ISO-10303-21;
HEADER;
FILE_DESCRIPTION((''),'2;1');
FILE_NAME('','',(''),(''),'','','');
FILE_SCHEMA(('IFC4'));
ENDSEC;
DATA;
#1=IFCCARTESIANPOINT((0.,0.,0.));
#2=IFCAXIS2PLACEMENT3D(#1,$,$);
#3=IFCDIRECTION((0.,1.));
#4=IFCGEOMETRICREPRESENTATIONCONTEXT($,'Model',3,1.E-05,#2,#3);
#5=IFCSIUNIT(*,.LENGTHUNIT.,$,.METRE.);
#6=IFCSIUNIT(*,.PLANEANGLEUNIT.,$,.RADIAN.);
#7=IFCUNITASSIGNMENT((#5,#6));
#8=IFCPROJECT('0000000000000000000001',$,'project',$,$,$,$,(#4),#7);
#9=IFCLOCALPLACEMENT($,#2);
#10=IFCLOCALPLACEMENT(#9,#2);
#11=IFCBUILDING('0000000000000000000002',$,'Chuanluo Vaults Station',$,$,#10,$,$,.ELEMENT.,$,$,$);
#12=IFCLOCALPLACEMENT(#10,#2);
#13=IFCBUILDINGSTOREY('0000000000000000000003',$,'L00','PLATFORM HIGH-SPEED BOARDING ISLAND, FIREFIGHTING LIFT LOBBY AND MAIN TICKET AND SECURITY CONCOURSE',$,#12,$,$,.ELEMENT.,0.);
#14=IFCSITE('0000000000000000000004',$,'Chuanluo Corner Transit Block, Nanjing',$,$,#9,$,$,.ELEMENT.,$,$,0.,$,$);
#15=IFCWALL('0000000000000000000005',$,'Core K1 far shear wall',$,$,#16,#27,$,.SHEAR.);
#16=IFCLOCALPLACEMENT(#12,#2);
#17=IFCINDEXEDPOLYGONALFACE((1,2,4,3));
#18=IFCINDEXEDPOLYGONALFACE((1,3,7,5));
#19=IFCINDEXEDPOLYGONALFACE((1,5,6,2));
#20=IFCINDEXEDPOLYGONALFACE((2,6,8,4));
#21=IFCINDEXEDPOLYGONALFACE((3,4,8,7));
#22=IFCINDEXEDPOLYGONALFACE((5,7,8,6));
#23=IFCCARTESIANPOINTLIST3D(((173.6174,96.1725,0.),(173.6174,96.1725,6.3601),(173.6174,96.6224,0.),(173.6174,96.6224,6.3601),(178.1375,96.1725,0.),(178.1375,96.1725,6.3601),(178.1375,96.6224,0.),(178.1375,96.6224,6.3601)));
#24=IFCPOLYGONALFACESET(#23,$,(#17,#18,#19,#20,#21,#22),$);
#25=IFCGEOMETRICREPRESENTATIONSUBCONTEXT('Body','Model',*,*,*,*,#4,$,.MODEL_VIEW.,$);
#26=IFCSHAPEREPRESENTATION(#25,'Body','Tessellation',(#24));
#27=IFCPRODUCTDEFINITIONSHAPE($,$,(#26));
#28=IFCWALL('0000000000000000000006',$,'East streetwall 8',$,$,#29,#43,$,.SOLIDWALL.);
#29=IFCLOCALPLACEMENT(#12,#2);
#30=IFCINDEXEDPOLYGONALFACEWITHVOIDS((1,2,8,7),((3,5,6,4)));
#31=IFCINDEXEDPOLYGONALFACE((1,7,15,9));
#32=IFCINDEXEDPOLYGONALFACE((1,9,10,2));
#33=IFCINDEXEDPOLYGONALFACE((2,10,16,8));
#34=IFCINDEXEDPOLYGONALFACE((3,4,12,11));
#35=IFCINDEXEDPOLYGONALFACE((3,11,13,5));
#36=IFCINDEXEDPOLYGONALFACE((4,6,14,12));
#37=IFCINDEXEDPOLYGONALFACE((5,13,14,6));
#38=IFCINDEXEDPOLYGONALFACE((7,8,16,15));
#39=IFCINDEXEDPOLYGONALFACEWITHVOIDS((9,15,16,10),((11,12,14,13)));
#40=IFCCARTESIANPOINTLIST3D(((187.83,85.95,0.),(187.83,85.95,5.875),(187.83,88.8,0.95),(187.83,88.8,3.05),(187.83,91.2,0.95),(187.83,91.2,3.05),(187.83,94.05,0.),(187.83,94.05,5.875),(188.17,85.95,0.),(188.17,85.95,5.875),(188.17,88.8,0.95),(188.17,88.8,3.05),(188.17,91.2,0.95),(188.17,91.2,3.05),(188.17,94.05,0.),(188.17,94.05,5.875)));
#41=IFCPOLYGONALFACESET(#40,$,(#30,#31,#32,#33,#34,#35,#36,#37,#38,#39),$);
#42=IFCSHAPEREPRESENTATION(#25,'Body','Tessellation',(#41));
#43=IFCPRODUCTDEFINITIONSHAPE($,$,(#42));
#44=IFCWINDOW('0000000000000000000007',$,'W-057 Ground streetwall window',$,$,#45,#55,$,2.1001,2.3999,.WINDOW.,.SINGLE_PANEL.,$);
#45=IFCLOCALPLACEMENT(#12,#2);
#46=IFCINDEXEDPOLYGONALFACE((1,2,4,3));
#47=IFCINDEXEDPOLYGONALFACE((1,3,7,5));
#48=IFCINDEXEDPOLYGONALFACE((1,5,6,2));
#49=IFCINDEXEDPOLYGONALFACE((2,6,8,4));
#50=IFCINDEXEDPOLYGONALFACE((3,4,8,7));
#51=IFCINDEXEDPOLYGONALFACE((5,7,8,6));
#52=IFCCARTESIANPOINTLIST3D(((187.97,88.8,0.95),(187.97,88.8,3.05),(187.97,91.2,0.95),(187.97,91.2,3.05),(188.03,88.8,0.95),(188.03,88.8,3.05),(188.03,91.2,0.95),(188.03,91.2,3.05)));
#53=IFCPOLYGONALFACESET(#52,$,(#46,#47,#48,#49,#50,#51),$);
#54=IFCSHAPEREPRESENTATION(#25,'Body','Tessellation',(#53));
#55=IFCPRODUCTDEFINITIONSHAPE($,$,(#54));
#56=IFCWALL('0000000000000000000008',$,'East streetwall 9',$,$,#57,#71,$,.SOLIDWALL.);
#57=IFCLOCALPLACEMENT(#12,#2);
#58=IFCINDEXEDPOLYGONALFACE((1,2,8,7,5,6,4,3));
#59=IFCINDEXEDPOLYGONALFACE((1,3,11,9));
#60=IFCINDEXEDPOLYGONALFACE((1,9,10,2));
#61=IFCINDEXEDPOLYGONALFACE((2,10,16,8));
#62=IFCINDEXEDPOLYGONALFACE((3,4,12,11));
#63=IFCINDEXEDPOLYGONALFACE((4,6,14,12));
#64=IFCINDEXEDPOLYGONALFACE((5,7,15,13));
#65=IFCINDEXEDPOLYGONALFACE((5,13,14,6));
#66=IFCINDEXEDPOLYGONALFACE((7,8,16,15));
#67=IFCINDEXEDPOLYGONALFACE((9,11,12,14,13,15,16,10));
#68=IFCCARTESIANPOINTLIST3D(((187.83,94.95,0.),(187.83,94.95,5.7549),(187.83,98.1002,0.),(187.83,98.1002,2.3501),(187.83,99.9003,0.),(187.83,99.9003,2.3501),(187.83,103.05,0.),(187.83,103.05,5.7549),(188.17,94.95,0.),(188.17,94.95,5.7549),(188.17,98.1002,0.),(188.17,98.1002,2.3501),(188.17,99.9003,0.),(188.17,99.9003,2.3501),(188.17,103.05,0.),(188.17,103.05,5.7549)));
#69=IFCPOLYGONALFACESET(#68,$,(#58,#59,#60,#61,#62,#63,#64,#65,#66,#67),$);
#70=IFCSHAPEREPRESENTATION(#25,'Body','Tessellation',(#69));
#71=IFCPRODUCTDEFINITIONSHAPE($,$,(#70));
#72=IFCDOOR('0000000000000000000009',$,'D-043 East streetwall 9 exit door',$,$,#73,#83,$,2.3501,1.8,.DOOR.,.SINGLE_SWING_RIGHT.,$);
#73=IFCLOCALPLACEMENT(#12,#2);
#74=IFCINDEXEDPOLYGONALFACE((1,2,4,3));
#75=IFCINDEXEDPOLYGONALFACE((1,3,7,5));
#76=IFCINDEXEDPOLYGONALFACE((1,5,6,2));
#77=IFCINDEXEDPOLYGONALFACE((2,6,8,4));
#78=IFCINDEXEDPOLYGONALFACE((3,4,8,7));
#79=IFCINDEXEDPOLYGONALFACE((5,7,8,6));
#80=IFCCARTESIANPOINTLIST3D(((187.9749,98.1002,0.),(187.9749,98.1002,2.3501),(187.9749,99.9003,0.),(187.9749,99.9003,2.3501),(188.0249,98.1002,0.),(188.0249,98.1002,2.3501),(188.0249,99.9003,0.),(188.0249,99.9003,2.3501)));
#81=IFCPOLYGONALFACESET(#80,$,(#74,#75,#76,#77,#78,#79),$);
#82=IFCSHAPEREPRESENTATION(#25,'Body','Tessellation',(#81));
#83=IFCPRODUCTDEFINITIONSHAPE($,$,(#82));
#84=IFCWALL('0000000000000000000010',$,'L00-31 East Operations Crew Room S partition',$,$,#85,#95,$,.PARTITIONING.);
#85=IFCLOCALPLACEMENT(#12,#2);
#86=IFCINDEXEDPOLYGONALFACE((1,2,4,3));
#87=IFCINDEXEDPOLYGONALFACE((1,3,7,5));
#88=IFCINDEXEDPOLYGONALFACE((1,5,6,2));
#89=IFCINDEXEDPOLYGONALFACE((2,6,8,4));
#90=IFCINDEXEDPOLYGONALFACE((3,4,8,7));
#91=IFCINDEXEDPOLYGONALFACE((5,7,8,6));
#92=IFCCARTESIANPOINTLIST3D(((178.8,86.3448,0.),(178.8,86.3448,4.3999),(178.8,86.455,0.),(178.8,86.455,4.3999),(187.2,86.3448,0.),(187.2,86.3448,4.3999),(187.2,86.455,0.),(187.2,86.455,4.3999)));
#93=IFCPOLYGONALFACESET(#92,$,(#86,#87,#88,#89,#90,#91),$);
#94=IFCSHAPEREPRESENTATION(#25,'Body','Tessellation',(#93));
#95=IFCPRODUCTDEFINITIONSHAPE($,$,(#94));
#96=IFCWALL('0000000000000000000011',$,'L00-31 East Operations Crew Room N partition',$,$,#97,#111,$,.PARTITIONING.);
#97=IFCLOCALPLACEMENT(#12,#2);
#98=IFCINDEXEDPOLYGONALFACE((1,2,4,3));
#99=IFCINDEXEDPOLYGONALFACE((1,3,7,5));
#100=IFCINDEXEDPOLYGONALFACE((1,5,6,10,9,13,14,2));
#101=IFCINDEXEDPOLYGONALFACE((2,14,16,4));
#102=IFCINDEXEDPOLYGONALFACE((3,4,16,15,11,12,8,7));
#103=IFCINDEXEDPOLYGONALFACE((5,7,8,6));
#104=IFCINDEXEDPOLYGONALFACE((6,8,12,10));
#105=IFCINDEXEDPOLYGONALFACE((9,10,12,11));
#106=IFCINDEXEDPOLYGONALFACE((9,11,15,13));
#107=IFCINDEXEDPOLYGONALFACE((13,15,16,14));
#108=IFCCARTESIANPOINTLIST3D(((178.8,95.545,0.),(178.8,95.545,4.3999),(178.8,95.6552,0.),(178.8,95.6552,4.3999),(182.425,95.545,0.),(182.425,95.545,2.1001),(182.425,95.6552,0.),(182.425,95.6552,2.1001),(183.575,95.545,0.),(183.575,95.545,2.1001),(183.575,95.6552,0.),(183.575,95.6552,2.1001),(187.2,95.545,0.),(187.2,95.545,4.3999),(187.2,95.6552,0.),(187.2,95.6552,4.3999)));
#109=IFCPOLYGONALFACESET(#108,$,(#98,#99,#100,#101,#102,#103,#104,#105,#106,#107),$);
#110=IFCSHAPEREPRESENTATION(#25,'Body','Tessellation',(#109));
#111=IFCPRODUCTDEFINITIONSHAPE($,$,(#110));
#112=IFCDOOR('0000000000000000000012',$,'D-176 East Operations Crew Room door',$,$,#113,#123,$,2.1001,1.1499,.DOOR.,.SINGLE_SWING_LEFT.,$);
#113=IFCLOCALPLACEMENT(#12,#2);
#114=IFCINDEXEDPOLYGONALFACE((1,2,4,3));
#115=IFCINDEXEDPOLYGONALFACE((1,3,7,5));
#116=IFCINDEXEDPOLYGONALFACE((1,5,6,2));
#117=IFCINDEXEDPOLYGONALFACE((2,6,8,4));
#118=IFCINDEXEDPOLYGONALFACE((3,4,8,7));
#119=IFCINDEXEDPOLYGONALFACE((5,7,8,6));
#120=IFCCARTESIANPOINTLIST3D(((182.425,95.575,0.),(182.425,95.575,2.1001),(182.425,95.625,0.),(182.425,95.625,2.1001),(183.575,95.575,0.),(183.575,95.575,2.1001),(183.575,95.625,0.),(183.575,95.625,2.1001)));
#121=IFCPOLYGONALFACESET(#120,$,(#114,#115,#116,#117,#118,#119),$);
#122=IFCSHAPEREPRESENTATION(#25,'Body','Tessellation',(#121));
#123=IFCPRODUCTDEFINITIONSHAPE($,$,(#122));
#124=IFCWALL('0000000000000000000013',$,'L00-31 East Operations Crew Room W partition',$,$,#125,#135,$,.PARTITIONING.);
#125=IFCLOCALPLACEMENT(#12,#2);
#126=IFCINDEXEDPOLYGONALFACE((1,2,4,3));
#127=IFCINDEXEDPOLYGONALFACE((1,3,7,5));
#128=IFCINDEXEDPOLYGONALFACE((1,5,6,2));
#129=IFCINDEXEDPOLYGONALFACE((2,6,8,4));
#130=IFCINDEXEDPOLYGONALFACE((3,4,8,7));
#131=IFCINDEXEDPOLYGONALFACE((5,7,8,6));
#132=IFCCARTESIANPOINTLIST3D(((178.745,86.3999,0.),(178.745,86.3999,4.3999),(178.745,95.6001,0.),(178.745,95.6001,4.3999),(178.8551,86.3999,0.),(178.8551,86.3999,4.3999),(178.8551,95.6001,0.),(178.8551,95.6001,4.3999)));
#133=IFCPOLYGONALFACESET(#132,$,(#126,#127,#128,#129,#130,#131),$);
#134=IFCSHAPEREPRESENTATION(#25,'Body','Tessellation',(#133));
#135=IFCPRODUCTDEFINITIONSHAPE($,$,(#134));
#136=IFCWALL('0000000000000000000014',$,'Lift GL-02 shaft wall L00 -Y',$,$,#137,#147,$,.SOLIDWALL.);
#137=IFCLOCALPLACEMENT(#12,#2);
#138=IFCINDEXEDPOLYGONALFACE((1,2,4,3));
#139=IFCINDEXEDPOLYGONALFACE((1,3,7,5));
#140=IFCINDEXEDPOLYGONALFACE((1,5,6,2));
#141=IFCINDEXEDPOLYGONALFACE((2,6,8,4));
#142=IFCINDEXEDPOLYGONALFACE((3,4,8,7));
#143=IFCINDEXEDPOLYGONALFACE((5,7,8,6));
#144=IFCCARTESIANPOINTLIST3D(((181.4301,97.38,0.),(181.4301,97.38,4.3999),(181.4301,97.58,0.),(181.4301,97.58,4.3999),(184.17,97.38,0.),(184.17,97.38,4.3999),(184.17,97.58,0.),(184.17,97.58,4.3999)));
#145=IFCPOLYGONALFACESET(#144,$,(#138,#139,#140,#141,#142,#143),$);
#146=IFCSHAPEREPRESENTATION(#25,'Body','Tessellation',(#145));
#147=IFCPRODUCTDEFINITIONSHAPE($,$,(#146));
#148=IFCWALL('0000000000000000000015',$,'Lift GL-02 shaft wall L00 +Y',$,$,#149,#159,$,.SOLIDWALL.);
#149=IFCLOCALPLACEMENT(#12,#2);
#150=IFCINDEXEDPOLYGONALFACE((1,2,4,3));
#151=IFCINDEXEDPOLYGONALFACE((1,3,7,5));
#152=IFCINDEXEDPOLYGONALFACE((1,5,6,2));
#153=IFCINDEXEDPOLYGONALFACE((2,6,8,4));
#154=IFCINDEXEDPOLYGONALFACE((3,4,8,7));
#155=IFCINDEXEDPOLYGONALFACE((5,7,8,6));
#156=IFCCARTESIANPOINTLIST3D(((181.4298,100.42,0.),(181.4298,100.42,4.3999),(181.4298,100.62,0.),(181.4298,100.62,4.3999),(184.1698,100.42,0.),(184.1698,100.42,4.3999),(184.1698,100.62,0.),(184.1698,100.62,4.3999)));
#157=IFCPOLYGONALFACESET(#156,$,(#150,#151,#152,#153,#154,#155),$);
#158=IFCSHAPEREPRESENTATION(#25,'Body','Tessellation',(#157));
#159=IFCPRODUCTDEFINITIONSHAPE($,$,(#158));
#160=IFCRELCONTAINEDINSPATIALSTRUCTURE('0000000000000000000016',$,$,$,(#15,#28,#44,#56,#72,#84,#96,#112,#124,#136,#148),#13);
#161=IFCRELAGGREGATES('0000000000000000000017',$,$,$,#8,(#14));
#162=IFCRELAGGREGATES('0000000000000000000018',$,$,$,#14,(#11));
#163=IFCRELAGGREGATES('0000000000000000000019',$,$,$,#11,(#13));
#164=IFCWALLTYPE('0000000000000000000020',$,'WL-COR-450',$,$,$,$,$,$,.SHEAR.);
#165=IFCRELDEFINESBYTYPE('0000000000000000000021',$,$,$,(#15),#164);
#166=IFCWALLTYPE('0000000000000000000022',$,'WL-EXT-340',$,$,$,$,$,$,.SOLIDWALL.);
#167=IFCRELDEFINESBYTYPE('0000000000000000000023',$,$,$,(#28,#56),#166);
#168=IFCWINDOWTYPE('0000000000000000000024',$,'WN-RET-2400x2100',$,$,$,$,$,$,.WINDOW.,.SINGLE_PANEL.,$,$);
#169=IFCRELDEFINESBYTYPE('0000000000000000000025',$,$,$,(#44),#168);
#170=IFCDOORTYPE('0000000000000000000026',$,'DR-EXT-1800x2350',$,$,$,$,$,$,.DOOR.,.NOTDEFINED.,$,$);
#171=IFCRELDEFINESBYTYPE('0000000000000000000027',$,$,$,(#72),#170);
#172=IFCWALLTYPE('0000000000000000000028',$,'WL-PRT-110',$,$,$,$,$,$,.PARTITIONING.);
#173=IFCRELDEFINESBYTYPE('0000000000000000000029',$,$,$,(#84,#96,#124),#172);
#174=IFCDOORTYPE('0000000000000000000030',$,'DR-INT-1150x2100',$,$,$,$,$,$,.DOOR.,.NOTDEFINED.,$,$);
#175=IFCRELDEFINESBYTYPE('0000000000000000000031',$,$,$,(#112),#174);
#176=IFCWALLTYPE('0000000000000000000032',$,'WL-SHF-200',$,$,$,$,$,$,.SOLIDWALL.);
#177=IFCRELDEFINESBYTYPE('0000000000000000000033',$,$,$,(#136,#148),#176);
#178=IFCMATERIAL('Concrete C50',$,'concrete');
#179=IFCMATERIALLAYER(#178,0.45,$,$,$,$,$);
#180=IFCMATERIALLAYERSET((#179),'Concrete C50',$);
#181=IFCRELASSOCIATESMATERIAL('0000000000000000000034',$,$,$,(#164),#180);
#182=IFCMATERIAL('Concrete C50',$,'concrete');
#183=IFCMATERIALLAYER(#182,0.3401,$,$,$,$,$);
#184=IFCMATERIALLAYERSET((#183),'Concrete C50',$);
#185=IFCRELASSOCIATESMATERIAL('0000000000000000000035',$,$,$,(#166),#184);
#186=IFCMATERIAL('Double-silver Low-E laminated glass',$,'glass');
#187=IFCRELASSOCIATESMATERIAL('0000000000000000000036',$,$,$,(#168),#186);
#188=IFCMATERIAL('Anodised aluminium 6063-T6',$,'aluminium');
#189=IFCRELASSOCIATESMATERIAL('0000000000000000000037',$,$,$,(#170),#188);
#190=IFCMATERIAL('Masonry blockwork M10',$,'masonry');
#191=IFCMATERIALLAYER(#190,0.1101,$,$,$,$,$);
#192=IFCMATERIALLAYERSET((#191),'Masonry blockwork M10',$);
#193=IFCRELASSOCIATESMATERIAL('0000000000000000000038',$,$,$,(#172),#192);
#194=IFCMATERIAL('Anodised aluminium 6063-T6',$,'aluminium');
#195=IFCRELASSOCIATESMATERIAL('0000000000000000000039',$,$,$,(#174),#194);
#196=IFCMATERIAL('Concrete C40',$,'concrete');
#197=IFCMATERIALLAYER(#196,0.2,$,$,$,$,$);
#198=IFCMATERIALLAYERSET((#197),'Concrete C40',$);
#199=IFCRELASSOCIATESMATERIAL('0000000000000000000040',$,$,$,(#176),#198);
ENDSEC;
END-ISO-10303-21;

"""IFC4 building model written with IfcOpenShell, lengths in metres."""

from ifc_helpers import new_model, si_unit, direction, frame, frame_2d, origin, place, context, subcontext, project, spatial, rectangle, extrude, material, layer, layer_set, type_object, element, fill, save


model = new_model("IFC4")

# Units and contexts
model_context = context("Model", 3, precision=1e-05, world=origin(), true_north=direction((0.0, 1.0)))
body_context = subcontext(model_context, "Body", "Model", "MODEL_VIEW")
ifc_project = project(units=[si_unit("LENGTHUNIT", "METRE"), si_unit("PLANEANGLEUNIT", "RADIAN")], contexts=[model_context])

# Site, building, storey
site_placement = place(None, origin())
site = spatial("IfcSite", under=ifc_project, at=site_placement, Name="Chuanluo Corner Transit Block, Nanjing", CompositionType="ELEMENT", RefElevation=0.0)
building_placement = place(site_placement, origin())
building = spatial("IfcBuilding", under=site, at=building_placement, Name="Chuanluo Vaults Station", CompositionType="ELEMENT")
storey_placement = place(building_placement, origin())
storey = spatial("IfcBuildingStorey", under=building, at=storey_placement, Name="L00", Description="PLATFORM HIGH-SPEED BOARDING ISLAND, FIREFIGHTING LIFT LOBBY AND MAIN TICKET AND SECURITY CONCOURSE", CompositionType="ELEMENT", Elevation=0.0)

# Wall
ifc_material_1 = material(Name="Concrete C50", Category="concrete")
ifc_layer_1 = layer(ifc_material_1, 0.45)
ifc_layer_set_1 = layer_set([ifc_layer_1], Name="Concrete C50")
wall_type_1 = type_object("IfcWallType", Name="WL-COR-450", PredefinedType="SHEAR", material=ifc_layer_set_1)
wall_1_placement = place(storey_placement, frame((178.1375, 96.3975, 0.0), z_axis=(0.0, 0.0, 1.0), x_axis=(-1.0, 0.0, 0.0)))
element("IfcWall", 1, at=wall_1_placement, inside=storey, type_object=wall_type_1, Name="Core K1 far shear wall", PredefinedType="SHEAR", context=body_context, shape_type="SweptSolid", body=[
    extrude(rectangle(XDim=4.52, YDim=0.45, at=frame_2d((2.26, 0.0))), origin(), (0.0, 0.0, 1.0), 6.3601),
])

# Wall, opening, window
ifc_material_2 = material(Name="Concrete C50", Category="concrete")
ifc_layer_2 = layer(ifc_material_2, 0.3401)
ifc_layer_set_2 = layer_set([ifc_layer_2], Name="Concrete C50")
wall_type_2 = type_object("IfcWallType", Name="WL-EXT-340", PredefinedType="SOLIDWALL", material=ifc_layer_set_2)
wall_2_placement = place(storey_placement, frame((188.0, 94.05, 0.0), z_axis=(0.0, 0.0, 1.0), x_axis=(0.0, -1.0, 0.0)))
wall_2 = element("IfcWall", 2, at=wall_2_placement, inside=storey, type_object=wall_type_2, Name="East streetwall 8", PredefinedType="SOLIDWALL", context=body_context, shape_type="SweptSolid", body=[
    extrude(rectangle(XDim=8.1001, YDim=0.3401, at=frame_2d((4.05, 0.0))), origin(), (0.0, 0.0, 1.0), 5.875),
])
opening_1_placement = place(wall_2_placement, frame((2.8501, 0.0, 0.95)))
opening_1 = element("IfcOpeningElement", 3, at=opening_1_placement, cuts=wall_2, PredefinedType="OPENING", context=body_context, shape_type="SweptSolid", body=[
    extrude(rectangle(XDim=2.3999, YDim=2.1001, at=frame_2d((1.2, 1.05))), frame((0.0, 0.1799, 0.0), z_axis=(0.0, -1.0, 0.0), x_axis=(1.0, 0.0, 0.0)), (0.0, 0.0, 1.0), 0.3601),
])
ifc_material_3 = material(Name="Double-silver Low-E laminated glass", Category="glass")
window_type = type_object("IfcWindowType", Name="WN-RET-2400x2100", PartitioningType="SINGLE_PANEL", PredefinedType="WINDOW", material=ifc_material_3)
window_placement = place(opening_1_placement, origin())
window = element("IfcWindow", 4, at=window_placement, inside=storey, type_object=window_type, Name="W-057 Ground streetwall window", OverallHeight=2.1001, OverallWidth=2.3999, PartitioningType="SINGLE_PANEL", PredefinedType="WINDOW", context=body_context, shape_type="SweptSolid", body=[
    extrude(rectangle(XDim=2.3999, YDim=2.1001, at=frame_2d((1.2, 1.05))), frame((0.0, 0.03, 0.0), z_axis=(0.0, -1.0, 0.0), x_axis=(1.0, 0.0, 0.0)), (0.0, 0.0, 1.0), 0.0601),
])
fill(opening_1, window)

# Wall, opening, door
wall_3_placement = place(storey_placement, frame((188.0, 103.05, 0.0), z_axis=(0.0, 0.0, 1.0), x_axis=(0.0, -1.0, 0.0)))
wall_3 = element("IfcWall", 5, at=wall_3_placement, inside=storey, type_object=wall_type_2, Name="East streetwall 9", PredefinedType="SOLIDWALL", context=body_context, shape_type="SweptSolid", body=[
    extrude(rectangle(XDim=8.1001, YDim=0.3401, at=frame_2d((4.05, 0.0))), origin(), (0.0, 0.0, 1.0), 5.7549),
])
opening_2_placement = place(wall_3_placement, frame((3.1499, 0.0, 0.0)))
opening_2 = element("IfcOpeningElement", 6, at=opening_2_placement, cuts=wall_3, PredefinedType="OPENING", context=body_context, shape_type="SweptSolid", body=[
    extrude(rectangle(XDim=1.8, YDim=2.3501, at=frame_2d((0.8999, 1.175))), frame((0.0, 0.1799, 0.0), z_axis=(0.0, -1.0, 0.0), x_axis=(1.0, 0.0, 0.0)), (0.0, 0.0, 1.0), 0.3601),
])
ifc_material_4 = material(Name="Anodised aluminium 6063-T6", Category="aluminium")
door_type_1 = type_object("IfcDoorType", Name="DR-EXT-1800x2350", OperationType="NOTDEFINED", PredefinedType="DOOR", material=ifc_material_4)
door_1_placement = place(opening_2_placement, origin())
door_1 = element("IfcDoor", 7, at=door_1_placement, inside=storey, type_object=door_type_1, Name="D-043 East streetwall 9 exit door", OperationType="SINGLE_SWING_RIGHT", OverallHeight=2.3501, OverallWidth=1.8, PredefinedType="DOOR", context=body_context, shape_type="SweptSolid", body=[
    extrude(rectangle(XDim=1.8, YDim=2.3501, at=frame_2d((0.8999, 1.175))), frame((0.0, 0.0249, 0.0), z_axis=(0.0, -1.0, 0.0), x_axis=(1.0, 0.0, 0.0)), (0.0, 0.0, 1.0), 0.05),
])
fill(opening_2, door_1)

# Wall
ifc_material_5 = material(Name="Masonry blockwork M10", Category="masonry")
ifc_layer_3 = layer(ifc_material_5, 0.1101)
ifc_layer_set_3 = layer_set([ifc_layer_3], Name="Masonry blockwork M10")
wall_type_3 = type_object("IfcWallType", Name="WL-PRT-110", PredefinedType="PARTITIONING", material=ifc_layer_set_3)
wall_4_placement = place(storey_placement, frame((187.2, 86.3999, 0.0), z_axis=(0.0, 0.0, 1.0), x_axis=(-1.0, 0.0, 0.0)))
element("IfcWall", 8, at=wall_4_placement, inside=storey, type_object=wall_type_3, Name="L00-31 East Operations Crew Room S partition", PredefinedType="PARTITIONING", context=body_context, shape_type="SweptSolid", body=[
    extrude(rectangle(XDim=8.3999, YDim=0.1101, at=frame_2d((4.2, 0.0))), origin(), (0.0, 0.0, 1.0), 4.3999),
])

# Wall, opening, door
wall_5_placement = place(storey_placement, frame((178.8, 95.6001, 0.0), z_axis=(0.0, 0.0, 1.0), x_axis=(1.0, 0.0, 0.0)))
wall_5 = element("IfcWall", 9, at=wall_5_placement, inside=storey, type_object=wall_type_3, Name="L00-31 East Operations Crew Room N partition", PredefinedType="PARTITIONING", context=body_context, shape_type="SweptSolid", body=[
    extrude(rectangle(XDim=8.3999, YDim=0.1101, at=frame_2d((4.2, 0.0))), origin(), (0.0, 0.0, 1.0), 4.3999),
])
opening_3_placement = place(wall_5_placement, frame((3.625, 0.0, 0.0)))
opening_3 = element("IfcOpeningElement", 10, at=opening_3_placement, cuts=wall_5, PredefinedType="OPENING", context=body_context, shape_type="SweptSolid", body=[
    extrude(rectangle(XDim=1.1499, YDim=2.1001, at=frame_2d((0.575, 1.05))), frame((0.0, 0.0652, 0.0), z_axis=(0.0, -1.0, 0.0), x_axis=(1.0, 0.0, 0.0)), (0.0, 0.0, 1.0), 0.1301),
])
ifc_material_6 = material(Name="Anodised aluminium 6063-T6", Category="aluminium")
door_type_2 = type_object("IfcDoorType", Name="DR-INT-1150x2100", OperationType="NOTDEFINED", PredefinedType="DOOR", material=ifc_material_6)
door_2_placement = place(opening_3_placement, origin())
door_2 = element("IfcDoor", 11, at=door_2_placement, inside=storey, type_object=door_type_2, Name="D-176 East Operations Crew Room door", OperationType="SINGLE_SWING_LEFT", OverallHeight=2.1001, OverallWidth=1.1499, PredefinedType="DOOR", context=body_context, shape_type="SweptSolid", body=[
    extrude(rectangle(XDim=1.1499, YDim=2.1001, at=frame_2d((0.575, 1.05))), frame((0.0, 0.0249, 0.0), z_axis=(0.0, -1.0, 0.0), x_axis=(1.0, 0.0, 0.0)), (0.0, 0.0, 1.0), 0.05),
])
fill(opening_3, door_2)

# Walls
wall_6_placement = place(storey_placement, frame((178.8, 86.3999, 0.0), z_axis=(0.0, 0.0, 1.0), x_axis=(0.0, 1.0, 0.0)))
element("IfcWall", 12, at=wall_6_placement, inside=storey, type_object=wall_type_3, Name="L00-31 East Operations Crew Room W partition", PredefinedType="PARTITIONING", context=body_context, shape_type="SweptSolid", body=[
    extrude(rectangle(XDim=9.2002, YDim=0.1101, at=frame_2d((4.6001, 0.0))), origin(), (0.0, 0.0, 1.0), 4.3999),
])
ifc_material_7 = material(Name="Concrete C40", Category="concrete")
ifc_layer_4 = layer(ifc_material_7, 0.2)
ifc_layer_set_4 = layer_set([ifc_layer_4], Name="Concrete C40")
wall_type_4 = type_object("IfcWallType", Name="WL-SHF-200", PredefinedType="SOLIDWALL", material=ifc_layer_set_4)
for number, where, z_axis, x_axis, name in (
    (13, (181.4299, 97.48, 0.0), (0.0, 0.0, 1.0), (1.0, 0.0, 0.0), "Lift GL-02 shaft wall L00 -Y"),
    (14, (184.1699, 100.52, 0.0), (0.0, 0.0, 1.0), (-1.0, 0.0, 0.0), "Lift GL-02 shaft wall L00 +Y"),
):
    element("IfcWall", number, at=place(storey_placement, frame(where, z_axis=z_axis, x_axis=x_axis)), inside=storey, type_object=wall_type_4, Name=name, PredefinedType="SOLIDWALL", context=body_context, shape_type="SweptSolid", body=[
        extrude(rectangle(XDim=2.74, YDim=0.2, at=frame_2d((1.3701, 0.0))), origin(), (0.0, 0.0, 1.0), 4.3999),
    ])

save(model, "model.ifc")
